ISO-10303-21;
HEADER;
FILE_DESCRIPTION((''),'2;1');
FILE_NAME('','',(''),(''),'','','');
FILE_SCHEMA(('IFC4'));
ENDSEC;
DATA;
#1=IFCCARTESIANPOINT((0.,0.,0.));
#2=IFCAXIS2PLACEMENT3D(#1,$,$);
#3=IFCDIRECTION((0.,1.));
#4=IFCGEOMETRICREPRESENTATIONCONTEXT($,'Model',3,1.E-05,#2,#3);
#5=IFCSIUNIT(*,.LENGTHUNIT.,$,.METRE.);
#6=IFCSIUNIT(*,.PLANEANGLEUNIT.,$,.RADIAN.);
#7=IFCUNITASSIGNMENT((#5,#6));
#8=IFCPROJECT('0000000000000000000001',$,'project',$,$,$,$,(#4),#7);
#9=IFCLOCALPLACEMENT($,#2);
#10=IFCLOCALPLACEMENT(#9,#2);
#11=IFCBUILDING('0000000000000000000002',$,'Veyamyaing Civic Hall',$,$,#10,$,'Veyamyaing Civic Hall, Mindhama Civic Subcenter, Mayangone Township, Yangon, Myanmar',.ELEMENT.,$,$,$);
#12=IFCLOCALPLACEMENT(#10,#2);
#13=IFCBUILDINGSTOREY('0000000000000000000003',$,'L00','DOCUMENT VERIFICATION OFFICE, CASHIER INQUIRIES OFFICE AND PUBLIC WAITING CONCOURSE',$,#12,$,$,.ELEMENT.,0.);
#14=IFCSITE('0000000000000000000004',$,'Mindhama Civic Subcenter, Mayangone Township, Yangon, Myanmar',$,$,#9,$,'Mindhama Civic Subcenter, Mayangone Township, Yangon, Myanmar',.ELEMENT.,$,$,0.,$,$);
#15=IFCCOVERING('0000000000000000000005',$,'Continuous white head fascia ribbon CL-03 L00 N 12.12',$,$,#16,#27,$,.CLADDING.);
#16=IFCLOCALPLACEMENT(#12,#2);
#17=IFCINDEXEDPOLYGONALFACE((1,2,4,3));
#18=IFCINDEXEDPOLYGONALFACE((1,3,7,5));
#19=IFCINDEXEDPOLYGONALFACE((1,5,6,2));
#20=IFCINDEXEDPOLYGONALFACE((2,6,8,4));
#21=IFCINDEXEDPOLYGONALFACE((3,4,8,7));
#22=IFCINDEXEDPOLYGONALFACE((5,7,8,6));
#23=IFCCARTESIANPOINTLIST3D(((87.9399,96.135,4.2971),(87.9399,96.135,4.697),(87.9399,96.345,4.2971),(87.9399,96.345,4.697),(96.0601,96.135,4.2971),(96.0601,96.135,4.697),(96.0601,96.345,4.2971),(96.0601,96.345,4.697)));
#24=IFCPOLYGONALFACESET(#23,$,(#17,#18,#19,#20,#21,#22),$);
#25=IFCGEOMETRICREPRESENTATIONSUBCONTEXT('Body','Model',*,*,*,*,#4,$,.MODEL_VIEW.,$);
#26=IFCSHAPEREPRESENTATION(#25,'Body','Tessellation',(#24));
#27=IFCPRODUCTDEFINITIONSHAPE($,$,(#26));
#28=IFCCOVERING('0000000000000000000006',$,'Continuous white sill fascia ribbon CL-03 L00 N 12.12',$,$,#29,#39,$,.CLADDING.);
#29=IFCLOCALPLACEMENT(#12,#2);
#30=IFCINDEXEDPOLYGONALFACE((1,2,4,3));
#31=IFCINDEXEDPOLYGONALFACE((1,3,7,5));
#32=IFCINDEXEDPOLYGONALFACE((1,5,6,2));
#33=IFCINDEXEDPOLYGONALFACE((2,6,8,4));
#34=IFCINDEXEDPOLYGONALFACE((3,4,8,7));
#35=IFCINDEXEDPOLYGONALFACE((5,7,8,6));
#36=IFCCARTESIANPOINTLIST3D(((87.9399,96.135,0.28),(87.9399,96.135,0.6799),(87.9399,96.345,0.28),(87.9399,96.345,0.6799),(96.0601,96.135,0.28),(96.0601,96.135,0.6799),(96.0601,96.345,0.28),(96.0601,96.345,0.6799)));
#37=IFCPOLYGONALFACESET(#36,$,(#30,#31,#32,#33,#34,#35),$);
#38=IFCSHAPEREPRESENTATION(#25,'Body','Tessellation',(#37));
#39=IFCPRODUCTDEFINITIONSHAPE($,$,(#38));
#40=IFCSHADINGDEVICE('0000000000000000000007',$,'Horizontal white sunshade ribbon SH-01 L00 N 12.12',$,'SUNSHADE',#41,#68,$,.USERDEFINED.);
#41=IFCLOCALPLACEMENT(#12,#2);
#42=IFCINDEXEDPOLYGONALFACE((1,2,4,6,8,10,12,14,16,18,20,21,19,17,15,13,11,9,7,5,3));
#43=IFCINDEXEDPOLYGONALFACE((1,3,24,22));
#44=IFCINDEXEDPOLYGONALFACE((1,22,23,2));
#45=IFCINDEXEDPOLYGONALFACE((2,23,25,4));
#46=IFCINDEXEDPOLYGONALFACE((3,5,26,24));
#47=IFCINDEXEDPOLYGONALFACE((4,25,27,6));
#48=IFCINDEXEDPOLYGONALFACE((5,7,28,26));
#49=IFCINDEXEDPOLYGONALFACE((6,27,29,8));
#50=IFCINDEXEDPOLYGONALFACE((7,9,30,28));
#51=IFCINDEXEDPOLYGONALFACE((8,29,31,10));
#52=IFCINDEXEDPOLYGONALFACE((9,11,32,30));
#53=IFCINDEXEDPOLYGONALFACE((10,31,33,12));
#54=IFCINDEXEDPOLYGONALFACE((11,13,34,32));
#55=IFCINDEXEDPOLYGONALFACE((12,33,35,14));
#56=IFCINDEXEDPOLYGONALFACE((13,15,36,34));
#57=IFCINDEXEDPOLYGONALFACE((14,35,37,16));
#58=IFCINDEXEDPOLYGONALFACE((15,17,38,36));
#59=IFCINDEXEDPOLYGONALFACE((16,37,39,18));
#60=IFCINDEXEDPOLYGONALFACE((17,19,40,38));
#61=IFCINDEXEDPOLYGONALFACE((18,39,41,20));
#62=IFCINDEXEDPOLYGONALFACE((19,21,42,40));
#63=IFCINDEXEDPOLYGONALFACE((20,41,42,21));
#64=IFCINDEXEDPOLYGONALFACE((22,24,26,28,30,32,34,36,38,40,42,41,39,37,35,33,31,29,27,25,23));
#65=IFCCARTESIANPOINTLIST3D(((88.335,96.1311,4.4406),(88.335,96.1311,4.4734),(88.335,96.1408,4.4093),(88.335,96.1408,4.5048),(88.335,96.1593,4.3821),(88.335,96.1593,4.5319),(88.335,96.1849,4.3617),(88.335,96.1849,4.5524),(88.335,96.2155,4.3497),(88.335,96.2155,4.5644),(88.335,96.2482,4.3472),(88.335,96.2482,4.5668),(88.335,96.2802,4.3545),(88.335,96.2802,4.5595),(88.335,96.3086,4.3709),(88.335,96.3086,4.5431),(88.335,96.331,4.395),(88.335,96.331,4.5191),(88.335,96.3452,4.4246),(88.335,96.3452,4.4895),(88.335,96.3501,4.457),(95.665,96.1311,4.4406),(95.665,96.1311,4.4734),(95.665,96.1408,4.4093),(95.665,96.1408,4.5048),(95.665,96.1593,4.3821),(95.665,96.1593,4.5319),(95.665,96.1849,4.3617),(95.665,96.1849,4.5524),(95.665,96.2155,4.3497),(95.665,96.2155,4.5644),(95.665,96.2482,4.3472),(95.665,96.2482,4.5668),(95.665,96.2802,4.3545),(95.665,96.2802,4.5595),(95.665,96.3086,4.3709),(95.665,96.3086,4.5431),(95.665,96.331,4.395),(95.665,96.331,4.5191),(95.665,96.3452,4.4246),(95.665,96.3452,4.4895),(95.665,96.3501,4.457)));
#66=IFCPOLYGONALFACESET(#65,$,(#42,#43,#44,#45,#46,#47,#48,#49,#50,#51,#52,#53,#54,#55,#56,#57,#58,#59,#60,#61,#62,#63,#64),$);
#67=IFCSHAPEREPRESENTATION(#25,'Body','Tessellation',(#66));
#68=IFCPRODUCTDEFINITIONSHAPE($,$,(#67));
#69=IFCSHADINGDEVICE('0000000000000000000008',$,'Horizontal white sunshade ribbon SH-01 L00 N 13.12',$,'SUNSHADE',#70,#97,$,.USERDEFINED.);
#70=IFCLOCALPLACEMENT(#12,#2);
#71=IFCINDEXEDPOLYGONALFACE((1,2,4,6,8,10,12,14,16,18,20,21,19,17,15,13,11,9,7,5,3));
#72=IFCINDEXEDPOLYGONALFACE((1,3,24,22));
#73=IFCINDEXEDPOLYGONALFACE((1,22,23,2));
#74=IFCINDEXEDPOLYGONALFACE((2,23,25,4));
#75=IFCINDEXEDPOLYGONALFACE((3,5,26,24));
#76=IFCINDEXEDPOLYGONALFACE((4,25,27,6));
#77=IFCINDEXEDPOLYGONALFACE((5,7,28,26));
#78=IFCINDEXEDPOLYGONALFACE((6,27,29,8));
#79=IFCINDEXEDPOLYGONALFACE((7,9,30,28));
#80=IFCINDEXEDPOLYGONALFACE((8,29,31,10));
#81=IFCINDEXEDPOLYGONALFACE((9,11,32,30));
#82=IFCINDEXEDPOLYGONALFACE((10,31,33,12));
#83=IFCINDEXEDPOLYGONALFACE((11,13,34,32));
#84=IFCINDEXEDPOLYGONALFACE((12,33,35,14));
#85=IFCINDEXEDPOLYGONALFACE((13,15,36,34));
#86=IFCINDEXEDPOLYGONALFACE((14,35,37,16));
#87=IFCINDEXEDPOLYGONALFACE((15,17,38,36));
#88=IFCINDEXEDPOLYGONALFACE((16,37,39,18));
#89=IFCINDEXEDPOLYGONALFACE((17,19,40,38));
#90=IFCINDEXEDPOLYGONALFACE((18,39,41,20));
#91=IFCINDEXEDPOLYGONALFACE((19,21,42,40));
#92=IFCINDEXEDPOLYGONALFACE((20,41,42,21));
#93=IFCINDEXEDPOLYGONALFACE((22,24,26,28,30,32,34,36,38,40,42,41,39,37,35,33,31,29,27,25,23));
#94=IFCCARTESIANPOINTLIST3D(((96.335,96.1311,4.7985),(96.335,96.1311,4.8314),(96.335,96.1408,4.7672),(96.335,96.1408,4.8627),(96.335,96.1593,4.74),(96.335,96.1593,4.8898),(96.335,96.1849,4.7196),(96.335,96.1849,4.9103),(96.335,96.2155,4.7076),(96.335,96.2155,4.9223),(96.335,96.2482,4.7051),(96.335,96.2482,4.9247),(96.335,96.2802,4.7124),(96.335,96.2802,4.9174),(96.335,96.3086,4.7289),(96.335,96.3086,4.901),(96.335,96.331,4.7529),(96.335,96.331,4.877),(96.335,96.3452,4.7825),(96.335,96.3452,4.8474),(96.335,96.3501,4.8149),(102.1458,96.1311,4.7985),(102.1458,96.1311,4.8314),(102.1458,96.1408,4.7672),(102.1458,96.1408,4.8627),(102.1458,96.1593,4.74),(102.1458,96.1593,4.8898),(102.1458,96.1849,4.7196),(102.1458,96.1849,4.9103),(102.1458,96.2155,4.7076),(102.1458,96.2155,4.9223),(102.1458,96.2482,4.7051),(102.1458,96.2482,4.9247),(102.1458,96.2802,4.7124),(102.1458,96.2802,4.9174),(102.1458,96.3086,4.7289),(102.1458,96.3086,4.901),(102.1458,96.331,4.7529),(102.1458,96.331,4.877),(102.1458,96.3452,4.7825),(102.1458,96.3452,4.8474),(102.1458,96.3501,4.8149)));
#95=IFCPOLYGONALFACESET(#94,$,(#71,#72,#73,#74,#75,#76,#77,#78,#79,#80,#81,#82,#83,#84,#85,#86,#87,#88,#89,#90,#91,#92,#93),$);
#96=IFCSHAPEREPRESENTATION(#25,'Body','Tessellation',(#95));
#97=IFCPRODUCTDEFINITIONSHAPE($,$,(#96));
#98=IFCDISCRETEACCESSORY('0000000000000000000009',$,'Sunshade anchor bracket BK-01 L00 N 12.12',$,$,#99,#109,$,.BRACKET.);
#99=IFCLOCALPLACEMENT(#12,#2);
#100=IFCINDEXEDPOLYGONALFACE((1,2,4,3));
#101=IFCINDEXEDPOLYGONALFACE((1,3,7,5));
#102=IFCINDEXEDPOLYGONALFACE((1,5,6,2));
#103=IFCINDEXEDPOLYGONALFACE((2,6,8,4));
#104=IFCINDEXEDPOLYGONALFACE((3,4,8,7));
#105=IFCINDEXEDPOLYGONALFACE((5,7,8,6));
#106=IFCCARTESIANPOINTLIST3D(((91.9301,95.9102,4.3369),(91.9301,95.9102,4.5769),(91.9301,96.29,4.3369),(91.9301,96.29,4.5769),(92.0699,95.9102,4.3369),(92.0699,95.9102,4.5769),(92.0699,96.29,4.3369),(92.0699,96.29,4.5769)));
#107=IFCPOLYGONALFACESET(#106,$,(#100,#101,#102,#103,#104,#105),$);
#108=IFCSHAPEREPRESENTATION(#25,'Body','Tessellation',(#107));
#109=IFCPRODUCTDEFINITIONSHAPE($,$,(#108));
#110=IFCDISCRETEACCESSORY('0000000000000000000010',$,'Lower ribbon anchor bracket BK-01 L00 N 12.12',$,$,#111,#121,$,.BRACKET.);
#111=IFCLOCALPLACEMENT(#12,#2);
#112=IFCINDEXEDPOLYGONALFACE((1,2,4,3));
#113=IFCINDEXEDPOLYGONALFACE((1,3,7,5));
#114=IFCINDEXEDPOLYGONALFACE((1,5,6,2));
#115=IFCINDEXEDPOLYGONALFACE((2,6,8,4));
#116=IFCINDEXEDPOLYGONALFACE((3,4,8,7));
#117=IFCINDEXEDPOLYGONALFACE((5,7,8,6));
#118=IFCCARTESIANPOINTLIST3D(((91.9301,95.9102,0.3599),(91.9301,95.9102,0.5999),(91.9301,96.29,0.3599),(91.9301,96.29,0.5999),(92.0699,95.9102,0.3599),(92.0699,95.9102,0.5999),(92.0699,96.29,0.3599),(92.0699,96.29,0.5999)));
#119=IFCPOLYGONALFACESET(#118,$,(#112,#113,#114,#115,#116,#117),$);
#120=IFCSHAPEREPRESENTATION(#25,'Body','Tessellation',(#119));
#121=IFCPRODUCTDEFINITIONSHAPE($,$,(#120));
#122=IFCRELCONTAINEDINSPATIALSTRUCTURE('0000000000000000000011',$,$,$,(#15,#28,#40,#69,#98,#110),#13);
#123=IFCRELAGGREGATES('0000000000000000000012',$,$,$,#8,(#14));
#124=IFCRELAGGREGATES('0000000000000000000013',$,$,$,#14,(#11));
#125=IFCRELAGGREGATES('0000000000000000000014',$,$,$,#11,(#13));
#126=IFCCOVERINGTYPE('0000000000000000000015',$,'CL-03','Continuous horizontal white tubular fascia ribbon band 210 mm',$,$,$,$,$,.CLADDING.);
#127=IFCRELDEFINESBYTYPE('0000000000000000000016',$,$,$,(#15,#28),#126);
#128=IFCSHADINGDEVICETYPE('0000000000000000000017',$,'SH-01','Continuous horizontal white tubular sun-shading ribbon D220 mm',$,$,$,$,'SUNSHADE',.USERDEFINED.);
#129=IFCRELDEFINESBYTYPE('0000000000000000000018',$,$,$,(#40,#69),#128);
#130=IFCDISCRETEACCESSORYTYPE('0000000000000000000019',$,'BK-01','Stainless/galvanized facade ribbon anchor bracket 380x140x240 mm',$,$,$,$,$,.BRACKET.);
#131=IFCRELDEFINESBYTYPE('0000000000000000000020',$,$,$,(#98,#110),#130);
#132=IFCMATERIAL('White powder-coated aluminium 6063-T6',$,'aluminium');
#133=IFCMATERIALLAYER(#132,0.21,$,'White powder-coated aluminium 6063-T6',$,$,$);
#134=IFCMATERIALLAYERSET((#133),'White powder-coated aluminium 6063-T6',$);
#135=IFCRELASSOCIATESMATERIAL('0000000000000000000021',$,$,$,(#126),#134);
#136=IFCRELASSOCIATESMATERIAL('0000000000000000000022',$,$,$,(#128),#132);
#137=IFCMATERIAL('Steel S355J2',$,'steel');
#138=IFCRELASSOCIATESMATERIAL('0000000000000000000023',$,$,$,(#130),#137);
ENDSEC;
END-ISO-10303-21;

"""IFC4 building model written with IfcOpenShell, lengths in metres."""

from ifc_helpers import new_model, si_unit, direction, frame, origin, origin_2d, place, context, subcontext, project, spatial, rectangle, circle, extrude, material, layer, layer_set, material_profile, profile_set, type_object, element, save


model = new_model("IFC4")

# Units and contexts
model_context = context("Model", 3, precision=1e-05, world=origin(), true_north=direction((0.0, 1.0)))
body_context = subcontext(model_context, "Body", "Model", "MODEL_VIEW")
ifc_project = project(units=[si_unit("LENGTHUNIT", "METRE"), si_unit("PLANEANGLEUNIT", "RADIAN")], contexts=[model_context])

# Site, building, storey
site_placement = place(None, origin())
site = spatial("IfcSite", under=ifc_project, at=site_placement, Name="Mindhama Civic Subcenter, Mayangone Township, Yangon, Myanmar", LongName="Mindhama Civic Subcenter, Mayangone Township, Yangon, Myanmar", CompositionType="ELEMENT", RefElevation=0.0)
building_placement = place(site_placement, origin())
building = spatial("IfcBuilding", under=site, at=building_placement, Name="Veyamyaing Civic Hall", LongName="Veyamyaing Civic Hall, Mindhama Civic Subcenter, Mayangone Township, Yangon, Myanmar", CompositionType="ELEMENT")
storey_placement = place(building_placement, origin())
storey = spatial("IfcBuildingStorey", under=building, at=storey_placement, Name="L00", Description="DOCUMENT VERIFICATION OFFICE, CASHIER INQUIRIES OFFICE AND PUBLIC WAITING CONCOURSE", CompositionType="ELEMENT", Elevation=0.0)

# Coverings
ifc_material_1 = material(Name="White powder-coated aluminium 6063-T6", Category="aluminium")
ifc_layer_1 = layer(ifc_material_1, 0.21, Name="White powder-coated aluminium 6063-T6")
ifc_layer_set_1 = layer_set([ifc_layer_1], Name="White powder-coated aluminium 6063-T6")
covering_type_1 = type_object("IfcCoveringType", Name="CL-03", Description="Continuous horizontal white tubular fascia ribbon band 210 mm", PredefinedType="CLADDING", material=ifc_layer_set_1)
for number, where, z_axis, x_axis, name in (
    (1, (92.0, 96.24, 4.2971), (0.0, 0.0, 1.0), (1.0, 0.0, 0.0), "Continuous white head fascia ribbon CL-03 L00 N 12.12"),
    (2, (92.0, 96.24, 0.28), (0.0, 0.0, 1.0), (1.0, 0.0, 0.0), "Continuous white sill fascia ribbon CL-03 L00 N 12.12"),
):
    element("IfcCovering", number, at=place(storey_placement, frame(where, z_axis=z_axis, x_axis=x_axis)), inside=storey, type_object=covering_type_1, Name=name, PredefinedType="CLADDING", context=body_context, shape_type="SweptSolid", body=[
        extrude(rectangle(XDim=8.1201, YDim=0.21, at=origin_2d()), origin(), (0.0, 0.0, 1.0), 0.3999),
    ])

# Shading devices
ifc_material_profile_1 = material_profile(ifc_material_1, circle(Radius=0.1101, at=origin_2d()), Name="SHADE-TUBE-220")
ifc_profile_set_1 = profile_set([ifc_material_profile_1], Name="White powder-coated aluminium 6063-T6")
shading_device_type = type_object("IfcShadingDeviceType", Name="SH-01", Description="Continuous horizontal white tubular sun-shading ribbon D220 mm", ElementType="SUNSHADE", PredefinedType="USERDEFINED", material=ifc_profile_set_1)
shading_device_1_placement = place(storey_placement, frame((88.335, 96.24, 4.457), z_axis=(1.0, 0.0, 0.0), x_axis=(0.0, 1.0, 0.0)))
element("IfcShadingDevice", 3, at=shading_device_1_placement, inside=storey, type_object=shading_device_type, Name="Horizontal white sunshade ribbon SH-01 L00 N 12.12", ObjectType="SUNSHADE", PredefinedType="USERDEFINED", context=body_context, shape_type="SweptSolid", body=[
    extrude(circle(Radius=0.1101, at=origin_2d()), origin(), (0.0, 0.0, 1.0), 7.3301),
])
shading_device_2_placement = place(storey_placement, frame((96.335, 96.24, 4.8149), z_axis=(1.0, 0.0, 0.0), x_axis=(0.0, 1.0, 0.0)))
element("IfcShadingDevice", 4, at=shading_device_2_placement, inside=storey, type_object=shading_device_type, Name="Horizontal white sunshade ribbon SH-01 L00 N 13.12", ObjectType="SUNSHADE", PredefinedType="USERDEFINED", context=body_context, shape_type="SweptSolid", body=[
    extrude(circle(Radius=0.1101, at=origin_2d()), origin(), (0.0, 0.0, 1.0), 5.8108),
])

# Discrete accessories
ifc_material_2 = material(Name="Steel S355J2", Category="steel")
discrete_accessory_type = type_object("IfcDiscreteAccessoryType", Name="BK-01", Description="Stainless/galvanized facade ribbon anchor bracket 380x140x240 mm", PredefinedType="BRACKET", material=ifc_material_2)
for number, where, z_axis, x_axis, name in (
    (5, (92.0, 96.1001, 4.3369), (0.0, 0.0, 1.0), (0.0, 1.0, 0.0), "Sunshade anchor bracket BK-01 L00 N 12.12"),
    (6, (92.0, 96.1001, 0.3599), (0.0, 0.0, 1.0), (0.0, 1.0, 0.0), "Lower ribbon anchor bracket BK-01 L00 N 12.12"),
):
    element("IfcDiscreteAccessory", number, at=place(storey_placement, frame(where, z_axis=z_axis, x_axis=x_axis)), inside=storey, type_object=discrete_accessory_type, Name=name, PredefinedType="BRACKET", context=body_context, shape_type="SweptSolid", body=[
        extrude(rectangle(XDim=0.3799, YDim=0.1399, at=origin_2d()), origin(), (0.0, 0.0, 1.0), 0.24),
    ])

save(model, "model.ifc")
